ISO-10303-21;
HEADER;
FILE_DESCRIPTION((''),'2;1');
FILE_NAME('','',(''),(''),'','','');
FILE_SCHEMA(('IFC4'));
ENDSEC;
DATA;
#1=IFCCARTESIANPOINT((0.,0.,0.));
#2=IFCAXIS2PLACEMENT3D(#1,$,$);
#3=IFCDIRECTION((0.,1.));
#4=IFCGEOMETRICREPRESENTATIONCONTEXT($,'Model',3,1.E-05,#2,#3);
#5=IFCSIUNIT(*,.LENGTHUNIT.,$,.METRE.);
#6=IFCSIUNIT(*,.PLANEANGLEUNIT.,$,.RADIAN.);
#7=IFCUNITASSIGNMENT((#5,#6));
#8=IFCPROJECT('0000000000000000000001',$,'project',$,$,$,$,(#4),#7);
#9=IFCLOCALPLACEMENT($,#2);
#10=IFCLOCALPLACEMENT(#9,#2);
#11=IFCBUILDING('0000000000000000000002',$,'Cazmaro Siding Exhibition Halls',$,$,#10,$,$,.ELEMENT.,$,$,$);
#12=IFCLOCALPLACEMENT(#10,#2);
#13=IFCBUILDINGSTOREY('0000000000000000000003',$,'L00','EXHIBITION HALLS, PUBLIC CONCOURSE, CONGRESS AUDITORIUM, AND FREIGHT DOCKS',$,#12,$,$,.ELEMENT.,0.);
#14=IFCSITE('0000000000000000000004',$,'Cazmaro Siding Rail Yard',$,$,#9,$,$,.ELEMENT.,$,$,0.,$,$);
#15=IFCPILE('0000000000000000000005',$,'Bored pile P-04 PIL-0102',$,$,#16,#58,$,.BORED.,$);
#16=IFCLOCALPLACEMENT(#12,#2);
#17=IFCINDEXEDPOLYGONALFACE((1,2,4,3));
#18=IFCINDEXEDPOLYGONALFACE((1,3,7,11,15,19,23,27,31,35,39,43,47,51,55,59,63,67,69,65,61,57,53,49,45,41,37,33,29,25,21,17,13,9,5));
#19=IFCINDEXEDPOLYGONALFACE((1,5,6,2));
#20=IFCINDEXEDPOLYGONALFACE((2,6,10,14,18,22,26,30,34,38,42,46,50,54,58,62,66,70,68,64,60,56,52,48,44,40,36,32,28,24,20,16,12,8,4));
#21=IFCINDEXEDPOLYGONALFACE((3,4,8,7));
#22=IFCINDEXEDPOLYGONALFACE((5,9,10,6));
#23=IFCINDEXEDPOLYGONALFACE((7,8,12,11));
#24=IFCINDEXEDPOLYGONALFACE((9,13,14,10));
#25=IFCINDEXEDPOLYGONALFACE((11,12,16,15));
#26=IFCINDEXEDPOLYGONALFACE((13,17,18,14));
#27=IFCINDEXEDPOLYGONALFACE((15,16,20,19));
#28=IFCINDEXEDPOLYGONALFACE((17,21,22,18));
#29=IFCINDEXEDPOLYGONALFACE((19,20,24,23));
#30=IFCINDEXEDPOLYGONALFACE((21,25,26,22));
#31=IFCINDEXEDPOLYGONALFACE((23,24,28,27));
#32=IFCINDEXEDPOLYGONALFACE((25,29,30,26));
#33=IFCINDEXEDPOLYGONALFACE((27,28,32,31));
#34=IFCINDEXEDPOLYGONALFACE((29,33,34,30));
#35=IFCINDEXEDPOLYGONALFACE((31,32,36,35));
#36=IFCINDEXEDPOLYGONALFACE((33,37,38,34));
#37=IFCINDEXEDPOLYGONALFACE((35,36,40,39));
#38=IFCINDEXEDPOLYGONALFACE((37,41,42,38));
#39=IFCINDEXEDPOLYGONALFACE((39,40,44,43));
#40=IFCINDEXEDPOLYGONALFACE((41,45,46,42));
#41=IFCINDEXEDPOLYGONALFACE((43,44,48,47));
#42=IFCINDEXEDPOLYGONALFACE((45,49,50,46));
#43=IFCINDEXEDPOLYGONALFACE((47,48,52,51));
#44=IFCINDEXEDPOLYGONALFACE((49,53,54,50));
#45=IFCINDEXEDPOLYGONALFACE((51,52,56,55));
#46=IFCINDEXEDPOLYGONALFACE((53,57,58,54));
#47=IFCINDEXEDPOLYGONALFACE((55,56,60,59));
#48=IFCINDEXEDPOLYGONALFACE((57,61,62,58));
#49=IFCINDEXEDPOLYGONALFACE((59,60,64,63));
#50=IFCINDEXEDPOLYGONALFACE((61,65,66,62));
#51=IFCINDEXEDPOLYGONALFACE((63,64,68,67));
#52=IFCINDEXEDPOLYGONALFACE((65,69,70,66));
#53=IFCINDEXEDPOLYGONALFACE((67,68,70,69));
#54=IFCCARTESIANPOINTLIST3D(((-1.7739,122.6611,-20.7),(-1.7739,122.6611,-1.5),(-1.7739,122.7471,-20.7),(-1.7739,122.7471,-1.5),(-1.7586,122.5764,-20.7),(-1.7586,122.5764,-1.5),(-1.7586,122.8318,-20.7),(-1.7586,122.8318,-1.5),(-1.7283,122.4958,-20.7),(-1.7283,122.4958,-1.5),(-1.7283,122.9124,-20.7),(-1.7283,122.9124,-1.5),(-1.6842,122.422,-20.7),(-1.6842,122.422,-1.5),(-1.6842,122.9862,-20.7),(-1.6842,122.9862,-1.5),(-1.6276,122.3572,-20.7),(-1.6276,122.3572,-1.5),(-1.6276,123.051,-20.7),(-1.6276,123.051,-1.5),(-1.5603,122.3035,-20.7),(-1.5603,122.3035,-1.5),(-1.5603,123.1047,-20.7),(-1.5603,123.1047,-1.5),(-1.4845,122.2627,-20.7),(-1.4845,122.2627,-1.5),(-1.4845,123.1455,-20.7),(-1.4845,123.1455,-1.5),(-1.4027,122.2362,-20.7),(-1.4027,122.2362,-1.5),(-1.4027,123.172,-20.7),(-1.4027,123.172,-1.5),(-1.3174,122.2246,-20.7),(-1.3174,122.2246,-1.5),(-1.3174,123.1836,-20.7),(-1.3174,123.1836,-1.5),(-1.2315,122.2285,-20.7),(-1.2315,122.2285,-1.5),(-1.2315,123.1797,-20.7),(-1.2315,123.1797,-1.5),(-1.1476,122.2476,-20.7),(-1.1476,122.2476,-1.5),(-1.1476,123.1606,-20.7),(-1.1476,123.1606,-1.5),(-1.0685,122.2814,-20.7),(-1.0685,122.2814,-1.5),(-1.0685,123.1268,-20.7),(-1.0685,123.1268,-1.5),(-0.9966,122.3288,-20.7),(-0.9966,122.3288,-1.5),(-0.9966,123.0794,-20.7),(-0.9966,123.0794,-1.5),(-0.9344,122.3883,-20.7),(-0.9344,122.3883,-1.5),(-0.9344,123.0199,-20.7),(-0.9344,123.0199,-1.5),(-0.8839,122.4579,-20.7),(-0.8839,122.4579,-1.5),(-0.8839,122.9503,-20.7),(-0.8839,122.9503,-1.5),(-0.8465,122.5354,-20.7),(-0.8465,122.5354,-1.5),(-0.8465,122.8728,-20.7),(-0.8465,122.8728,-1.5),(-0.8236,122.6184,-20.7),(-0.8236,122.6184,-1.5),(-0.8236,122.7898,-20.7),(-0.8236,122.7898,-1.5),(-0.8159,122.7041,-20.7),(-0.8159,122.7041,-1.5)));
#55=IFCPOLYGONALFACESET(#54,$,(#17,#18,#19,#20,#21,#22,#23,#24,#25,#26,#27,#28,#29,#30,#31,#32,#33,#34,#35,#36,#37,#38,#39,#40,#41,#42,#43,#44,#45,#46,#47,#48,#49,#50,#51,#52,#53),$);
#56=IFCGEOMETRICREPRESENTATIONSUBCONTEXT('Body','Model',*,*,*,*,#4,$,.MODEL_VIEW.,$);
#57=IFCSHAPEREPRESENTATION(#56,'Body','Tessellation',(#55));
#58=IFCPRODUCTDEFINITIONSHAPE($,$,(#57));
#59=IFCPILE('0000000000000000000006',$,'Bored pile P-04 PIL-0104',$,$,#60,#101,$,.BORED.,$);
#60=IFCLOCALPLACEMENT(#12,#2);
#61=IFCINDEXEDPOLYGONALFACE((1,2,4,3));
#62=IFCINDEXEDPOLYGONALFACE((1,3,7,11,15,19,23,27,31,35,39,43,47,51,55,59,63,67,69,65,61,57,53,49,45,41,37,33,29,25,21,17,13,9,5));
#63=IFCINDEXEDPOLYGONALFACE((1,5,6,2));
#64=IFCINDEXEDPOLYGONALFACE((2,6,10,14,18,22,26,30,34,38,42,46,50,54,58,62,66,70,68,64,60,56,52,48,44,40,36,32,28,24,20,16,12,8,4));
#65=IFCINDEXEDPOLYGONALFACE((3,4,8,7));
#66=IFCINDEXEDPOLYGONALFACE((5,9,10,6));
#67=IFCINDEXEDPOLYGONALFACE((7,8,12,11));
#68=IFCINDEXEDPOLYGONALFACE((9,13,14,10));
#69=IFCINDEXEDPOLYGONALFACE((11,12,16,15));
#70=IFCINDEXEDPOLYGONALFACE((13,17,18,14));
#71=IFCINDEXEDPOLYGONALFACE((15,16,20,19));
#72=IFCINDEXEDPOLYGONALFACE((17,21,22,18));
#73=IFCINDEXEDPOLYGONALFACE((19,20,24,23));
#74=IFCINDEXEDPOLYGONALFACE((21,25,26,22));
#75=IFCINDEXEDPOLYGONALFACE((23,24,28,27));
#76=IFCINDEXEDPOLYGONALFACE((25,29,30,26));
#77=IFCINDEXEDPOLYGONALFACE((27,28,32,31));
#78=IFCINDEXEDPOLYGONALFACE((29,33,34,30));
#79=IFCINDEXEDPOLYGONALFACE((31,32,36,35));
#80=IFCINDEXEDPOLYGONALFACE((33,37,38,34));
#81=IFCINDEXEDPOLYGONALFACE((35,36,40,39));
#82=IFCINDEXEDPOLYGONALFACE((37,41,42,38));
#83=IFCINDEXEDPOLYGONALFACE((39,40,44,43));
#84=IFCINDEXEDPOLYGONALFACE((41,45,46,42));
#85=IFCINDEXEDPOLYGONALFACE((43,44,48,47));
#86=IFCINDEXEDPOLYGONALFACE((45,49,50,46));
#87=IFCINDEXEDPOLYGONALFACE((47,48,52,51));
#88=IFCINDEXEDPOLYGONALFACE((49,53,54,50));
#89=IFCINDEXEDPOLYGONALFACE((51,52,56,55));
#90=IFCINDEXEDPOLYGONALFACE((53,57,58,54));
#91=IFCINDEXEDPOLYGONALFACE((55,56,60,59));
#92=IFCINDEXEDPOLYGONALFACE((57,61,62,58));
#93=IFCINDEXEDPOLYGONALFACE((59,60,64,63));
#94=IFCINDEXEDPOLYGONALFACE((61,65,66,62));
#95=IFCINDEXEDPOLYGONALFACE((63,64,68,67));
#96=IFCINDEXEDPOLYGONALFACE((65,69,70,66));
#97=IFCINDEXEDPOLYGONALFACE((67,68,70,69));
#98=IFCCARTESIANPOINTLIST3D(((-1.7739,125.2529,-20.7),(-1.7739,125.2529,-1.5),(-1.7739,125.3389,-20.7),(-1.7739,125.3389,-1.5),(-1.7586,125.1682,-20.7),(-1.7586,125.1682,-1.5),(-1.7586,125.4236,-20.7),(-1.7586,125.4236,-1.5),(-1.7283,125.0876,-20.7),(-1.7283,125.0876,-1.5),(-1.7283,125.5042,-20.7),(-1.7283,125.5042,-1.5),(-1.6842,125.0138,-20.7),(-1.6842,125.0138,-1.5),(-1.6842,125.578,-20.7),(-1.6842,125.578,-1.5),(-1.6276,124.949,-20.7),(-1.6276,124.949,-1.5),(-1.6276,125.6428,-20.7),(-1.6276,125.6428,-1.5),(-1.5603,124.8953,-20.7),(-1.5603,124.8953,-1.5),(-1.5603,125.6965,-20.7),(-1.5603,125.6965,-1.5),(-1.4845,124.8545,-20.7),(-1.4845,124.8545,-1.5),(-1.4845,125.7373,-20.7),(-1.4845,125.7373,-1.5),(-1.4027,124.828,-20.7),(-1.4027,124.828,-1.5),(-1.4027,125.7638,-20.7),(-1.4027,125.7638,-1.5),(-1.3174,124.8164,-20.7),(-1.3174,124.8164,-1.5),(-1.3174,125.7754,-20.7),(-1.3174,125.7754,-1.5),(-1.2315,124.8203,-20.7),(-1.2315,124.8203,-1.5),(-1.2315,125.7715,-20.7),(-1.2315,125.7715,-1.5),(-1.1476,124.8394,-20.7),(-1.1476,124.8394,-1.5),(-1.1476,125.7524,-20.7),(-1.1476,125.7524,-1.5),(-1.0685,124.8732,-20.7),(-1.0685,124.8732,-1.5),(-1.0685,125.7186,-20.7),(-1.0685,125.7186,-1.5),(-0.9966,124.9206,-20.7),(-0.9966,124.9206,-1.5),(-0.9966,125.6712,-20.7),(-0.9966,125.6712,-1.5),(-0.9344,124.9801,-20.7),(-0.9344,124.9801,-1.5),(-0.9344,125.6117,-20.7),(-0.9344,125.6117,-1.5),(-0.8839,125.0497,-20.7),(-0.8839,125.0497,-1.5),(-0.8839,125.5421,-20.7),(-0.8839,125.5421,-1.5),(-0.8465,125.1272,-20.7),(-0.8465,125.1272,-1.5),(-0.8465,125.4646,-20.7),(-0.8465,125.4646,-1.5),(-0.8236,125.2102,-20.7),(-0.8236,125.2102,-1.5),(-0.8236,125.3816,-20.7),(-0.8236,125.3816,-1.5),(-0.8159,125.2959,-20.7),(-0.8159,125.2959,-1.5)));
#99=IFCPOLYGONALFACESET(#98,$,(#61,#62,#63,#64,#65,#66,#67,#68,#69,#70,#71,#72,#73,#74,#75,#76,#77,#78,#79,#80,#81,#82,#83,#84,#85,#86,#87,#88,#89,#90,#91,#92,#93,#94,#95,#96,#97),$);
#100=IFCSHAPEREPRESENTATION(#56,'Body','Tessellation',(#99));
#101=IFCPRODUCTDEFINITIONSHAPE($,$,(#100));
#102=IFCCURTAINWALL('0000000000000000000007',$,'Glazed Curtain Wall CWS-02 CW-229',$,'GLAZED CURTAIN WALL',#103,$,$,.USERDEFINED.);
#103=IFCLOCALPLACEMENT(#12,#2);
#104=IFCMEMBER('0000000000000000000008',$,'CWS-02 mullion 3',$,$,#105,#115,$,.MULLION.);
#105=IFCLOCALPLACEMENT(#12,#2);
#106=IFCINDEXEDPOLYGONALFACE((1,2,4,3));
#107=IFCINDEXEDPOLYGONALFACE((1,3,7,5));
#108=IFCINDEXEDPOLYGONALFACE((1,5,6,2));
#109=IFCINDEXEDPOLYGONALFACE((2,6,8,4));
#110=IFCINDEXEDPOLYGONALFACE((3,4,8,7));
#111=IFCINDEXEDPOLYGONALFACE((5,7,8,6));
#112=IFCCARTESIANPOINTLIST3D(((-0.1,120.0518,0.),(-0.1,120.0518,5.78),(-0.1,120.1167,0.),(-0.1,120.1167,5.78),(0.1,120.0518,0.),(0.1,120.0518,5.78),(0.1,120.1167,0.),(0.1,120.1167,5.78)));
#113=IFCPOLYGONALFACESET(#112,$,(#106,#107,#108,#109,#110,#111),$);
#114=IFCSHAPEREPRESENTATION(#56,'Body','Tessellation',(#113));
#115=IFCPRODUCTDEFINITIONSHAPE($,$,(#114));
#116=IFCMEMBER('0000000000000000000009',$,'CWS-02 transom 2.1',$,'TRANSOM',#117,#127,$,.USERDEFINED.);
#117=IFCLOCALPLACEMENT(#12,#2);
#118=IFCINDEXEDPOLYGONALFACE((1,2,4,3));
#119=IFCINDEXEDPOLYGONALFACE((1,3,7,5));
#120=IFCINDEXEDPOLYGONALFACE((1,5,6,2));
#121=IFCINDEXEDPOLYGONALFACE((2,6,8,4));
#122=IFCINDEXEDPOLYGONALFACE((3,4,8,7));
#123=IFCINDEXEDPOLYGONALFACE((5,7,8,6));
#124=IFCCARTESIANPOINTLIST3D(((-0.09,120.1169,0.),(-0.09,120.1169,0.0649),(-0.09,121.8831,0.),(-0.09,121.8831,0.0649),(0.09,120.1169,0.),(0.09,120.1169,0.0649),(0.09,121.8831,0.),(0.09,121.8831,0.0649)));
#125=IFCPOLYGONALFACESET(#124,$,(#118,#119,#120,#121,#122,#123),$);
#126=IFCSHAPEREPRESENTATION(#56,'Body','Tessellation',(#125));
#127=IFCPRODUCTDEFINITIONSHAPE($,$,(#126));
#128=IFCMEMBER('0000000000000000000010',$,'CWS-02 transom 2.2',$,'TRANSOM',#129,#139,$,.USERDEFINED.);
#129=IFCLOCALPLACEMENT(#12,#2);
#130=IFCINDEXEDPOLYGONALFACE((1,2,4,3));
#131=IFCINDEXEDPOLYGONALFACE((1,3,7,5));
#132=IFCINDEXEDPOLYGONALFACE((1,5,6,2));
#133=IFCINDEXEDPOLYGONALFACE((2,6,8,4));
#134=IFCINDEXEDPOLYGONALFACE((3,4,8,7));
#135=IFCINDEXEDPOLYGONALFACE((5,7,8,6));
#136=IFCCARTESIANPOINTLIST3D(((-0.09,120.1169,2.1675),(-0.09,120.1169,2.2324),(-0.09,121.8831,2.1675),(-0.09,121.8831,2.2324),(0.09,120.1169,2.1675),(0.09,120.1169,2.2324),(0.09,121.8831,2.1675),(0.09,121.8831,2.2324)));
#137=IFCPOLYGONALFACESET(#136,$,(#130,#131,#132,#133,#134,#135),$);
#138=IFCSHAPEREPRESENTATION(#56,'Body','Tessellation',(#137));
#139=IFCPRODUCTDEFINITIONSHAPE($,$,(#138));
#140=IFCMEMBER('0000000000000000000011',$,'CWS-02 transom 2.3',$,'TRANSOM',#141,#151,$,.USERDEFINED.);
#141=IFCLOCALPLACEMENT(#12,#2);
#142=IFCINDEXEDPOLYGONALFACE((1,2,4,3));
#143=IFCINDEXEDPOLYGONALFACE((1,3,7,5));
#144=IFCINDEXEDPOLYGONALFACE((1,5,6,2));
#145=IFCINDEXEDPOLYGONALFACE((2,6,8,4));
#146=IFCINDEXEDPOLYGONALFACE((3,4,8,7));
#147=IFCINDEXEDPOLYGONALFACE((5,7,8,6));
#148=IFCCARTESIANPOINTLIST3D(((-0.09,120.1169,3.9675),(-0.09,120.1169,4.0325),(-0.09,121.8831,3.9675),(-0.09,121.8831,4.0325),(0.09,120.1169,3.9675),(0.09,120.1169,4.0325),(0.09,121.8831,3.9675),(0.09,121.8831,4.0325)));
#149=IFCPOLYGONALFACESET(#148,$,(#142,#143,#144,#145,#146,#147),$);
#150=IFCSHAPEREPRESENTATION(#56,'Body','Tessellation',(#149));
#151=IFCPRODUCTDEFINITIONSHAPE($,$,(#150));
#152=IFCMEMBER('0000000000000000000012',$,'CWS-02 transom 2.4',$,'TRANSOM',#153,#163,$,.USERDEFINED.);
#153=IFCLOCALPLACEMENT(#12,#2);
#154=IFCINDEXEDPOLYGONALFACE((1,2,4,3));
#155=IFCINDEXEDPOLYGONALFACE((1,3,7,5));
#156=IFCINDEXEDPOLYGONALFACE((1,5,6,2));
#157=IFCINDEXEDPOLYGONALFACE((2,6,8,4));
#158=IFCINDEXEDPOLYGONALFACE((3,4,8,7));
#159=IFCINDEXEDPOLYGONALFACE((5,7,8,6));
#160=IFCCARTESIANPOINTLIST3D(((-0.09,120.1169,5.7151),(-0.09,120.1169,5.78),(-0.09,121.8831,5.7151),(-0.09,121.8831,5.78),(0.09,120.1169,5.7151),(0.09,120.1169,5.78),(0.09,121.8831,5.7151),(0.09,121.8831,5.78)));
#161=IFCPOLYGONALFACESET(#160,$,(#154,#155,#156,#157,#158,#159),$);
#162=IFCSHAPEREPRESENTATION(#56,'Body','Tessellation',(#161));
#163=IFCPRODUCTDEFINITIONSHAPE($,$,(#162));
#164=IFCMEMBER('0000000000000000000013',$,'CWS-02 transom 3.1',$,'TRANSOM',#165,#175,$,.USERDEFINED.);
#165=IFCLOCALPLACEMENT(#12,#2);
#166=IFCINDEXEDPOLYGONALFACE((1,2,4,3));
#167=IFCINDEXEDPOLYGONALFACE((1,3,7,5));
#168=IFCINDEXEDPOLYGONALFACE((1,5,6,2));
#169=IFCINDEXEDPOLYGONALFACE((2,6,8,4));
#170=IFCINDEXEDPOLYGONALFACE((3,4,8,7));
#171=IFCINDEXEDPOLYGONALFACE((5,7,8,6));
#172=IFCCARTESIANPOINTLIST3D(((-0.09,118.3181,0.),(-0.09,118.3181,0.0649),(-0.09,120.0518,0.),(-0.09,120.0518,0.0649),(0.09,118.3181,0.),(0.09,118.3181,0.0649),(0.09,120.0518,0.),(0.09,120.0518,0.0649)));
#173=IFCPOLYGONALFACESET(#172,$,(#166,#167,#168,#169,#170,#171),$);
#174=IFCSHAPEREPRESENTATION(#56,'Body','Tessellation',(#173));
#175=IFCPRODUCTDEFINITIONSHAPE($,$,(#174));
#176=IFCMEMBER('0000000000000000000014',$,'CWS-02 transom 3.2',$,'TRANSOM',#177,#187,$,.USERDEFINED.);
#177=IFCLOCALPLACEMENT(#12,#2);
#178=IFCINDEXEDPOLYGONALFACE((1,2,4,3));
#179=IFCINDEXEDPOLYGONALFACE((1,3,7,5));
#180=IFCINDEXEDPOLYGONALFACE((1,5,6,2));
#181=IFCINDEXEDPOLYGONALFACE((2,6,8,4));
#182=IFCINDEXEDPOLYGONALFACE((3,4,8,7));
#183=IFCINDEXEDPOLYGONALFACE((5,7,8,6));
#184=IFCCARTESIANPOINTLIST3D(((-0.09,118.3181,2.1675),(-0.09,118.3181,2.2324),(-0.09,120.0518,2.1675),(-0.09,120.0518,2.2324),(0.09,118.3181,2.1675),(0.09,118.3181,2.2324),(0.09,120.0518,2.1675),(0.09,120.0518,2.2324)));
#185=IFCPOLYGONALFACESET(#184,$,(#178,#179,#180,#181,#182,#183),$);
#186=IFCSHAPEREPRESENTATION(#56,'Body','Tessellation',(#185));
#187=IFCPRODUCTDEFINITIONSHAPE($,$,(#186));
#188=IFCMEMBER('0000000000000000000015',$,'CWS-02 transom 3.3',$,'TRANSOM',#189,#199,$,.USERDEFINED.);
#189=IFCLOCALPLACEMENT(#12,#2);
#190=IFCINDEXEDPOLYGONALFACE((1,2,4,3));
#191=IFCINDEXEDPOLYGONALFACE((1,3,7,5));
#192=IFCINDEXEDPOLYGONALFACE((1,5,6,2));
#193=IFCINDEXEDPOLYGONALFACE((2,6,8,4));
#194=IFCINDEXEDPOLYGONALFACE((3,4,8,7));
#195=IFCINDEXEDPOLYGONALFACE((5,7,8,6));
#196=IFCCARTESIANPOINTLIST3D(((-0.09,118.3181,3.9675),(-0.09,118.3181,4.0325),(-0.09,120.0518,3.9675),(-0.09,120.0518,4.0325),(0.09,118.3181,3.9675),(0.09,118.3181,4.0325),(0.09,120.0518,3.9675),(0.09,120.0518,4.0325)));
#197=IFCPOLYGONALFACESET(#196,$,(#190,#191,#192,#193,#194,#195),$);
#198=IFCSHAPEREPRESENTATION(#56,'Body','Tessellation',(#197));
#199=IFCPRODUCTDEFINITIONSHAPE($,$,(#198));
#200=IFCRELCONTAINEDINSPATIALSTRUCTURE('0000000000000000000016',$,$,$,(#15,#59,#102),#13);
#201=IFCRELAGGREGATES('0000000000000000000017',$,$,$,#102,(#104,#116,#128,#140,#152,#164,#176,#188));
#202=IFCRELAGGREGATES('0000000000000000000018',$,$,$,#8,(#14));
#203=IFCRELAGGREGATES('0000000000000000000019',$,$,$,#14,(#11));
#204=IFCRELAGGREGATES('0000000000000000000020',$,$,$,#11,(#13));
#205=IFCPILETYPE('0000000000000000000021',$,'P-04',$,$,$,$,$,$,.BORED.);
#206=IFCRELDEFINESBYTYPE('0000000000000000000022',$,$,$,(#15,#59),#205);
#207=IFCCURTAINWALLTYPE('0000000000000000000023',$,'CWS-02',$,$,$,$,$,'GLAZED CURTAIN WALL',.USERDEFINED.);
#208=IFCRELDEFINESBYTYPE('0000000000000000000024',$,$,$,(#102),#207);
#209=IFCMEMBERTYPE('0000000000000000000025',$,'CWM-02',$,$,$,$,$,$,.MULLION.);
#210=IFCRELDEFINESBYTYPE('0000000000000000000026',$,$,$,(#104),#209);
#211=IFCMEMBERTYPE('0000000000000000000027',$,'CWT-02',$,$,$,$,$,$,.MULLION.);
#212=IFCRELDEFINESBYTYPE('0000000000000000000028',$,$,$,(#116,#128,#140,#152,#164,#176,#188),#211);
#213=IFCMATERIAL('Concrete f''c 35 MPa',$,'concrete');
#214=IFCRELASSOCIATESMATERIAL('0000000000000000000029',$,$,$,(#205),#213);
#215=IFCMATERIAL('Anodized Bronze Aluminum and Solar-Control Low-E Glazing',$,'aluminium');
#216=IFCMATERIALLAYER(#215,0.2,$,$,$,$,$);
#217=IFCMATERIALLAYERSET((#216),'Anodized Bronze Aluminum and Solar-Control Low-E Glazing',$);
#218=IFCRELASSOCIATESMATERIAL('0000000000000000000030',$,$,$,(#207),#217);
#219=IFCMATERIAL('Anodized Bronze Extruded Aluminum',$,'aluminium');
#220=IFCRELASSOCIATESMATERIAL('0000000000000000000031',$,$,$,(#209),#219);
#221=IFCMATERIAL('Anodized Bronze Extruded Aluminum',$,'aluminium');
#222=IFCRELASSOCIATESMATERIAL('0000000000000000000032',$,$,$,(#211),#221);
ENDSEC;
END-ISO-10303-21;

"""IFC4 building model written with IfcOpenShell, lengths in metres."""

from ifc_helpers import new_model, si_unit, direction, frame, origin, origin_2d, place, context, subcontext, project, spatial, rectangle, circle, extrude, material, layer, layer_set, material_profile, profile_set, type_object, element, aggregate, save


model = new_model("IFC4")

# Units and contexts
model_context = context("Model", 3, precision=1e-05, world=origin(), true_north=direction((0.0, 1.0)))
body_context = subcontext(model_context, "Body", "Model", "MODEL_VIEW")
ifc_project = project(units=[si_unit("LENGTHUNIT", "METRE"), si_unit("PLANEANGLEUNIT", "RADIAN")], contexts=[model_context])

# Site, building, storey
site_placement = place(None, origin())
site = spatial("IfcSite", under=ifc_project, at=site_placement, Name="Cazmaro Siding Rail Yard", CompositionType="ELEMENT", RefElevation=0.0)
building_placement = place(site_placement, origin())
building = spatial("IfcBuilding", under=site, at=building_placement, Name="Cazmaro Siding Exhibition Halls", CompositionType="ELEMENT")
storey_placement = place(building_placement, origin())
storey = spatial("IfcBuildingStorey", under=building, at=storey_placement, Name="L00", Description="EXHIBITION HALLS, PUBLIC CONCOURSE, CONGRESS AUDITORIUM, AND FREIGHT DOCKS", CompositionType="ELEMENT", Elevation=0.0)

# Piles
ifc_material_1 = material(Name="Concrete f'c 35 MPa", Category="concrete")
ifc_material_profile_1 = material_profile(ifc_material_1, circle(Radius=0.48, at=origin_2d()), Name="CIDH-960")
ifc_profile_set_1 = profile_set([ifc_material_profile_1], Name="Concrete f'c 35 MPa")
pile_type = type_object("IfcPileType", Name="P-04", PredefinedType="BORED", material=ifc_profile_set_1)
for number, where, z_axis, x_axis, name in (
    (1, (-1.2959, 122.7041, -1.5), (0.0, 0.0, -1.0), (1.0, 0.0, 0.0), "Bored pile P-04 PIL-0102"),
    (2, (-1.2959, 125.2959, -1.5), (0.0, 0.0, -1.0), (1.0, 0.0, 0.0), "Bored pile P-04 PIL-0104"),
):
    element("IfcPile", number, at=place(storey_placement, frame(where, z_axis=z_axis, x_axis=x_axis)), inside=storey, type_object=pile_type, Name=name, PredefinedType="BORED", context=body_context, shape_type="SweptSolid", body=[
        extrude(circle(Radius=0.48, at=origin_2d()), origin(), (0.0, 0.0, 1.0), 19.2),
    ])

# Curtain wall, members
ifc_material_2 = material(Name="Anodized Bronze Aluminum and Solar-Control Low-E Glazing", Category="aluminium")
ifc_layer_1 = layer(ifc_material_2, 0.2)
ifc_layer_set_1 = layer_set([ifc_layer_1], Name="Anodized Bronze Aluminum and Solar-Control Low-E Glazing")
curtain_wall_type = type_object("IfcCurtainWallType", Name="CWS-02", ElementType="GLAZED CURTAIN WALL", PredefinedType="USERDEFINED", material=ifc_layer_set_1)
curtain_wall_placement = place(storey_placement, origin())
curtain_wall = element("IfcCurtainWall", 3, at=curtain_wall_placement, inside=storey, type_object=curtain_wall_type, Name="Glazed Curtain Wall CWS-02 CW-229", ObjectType="GLAZED CURTAIN WALL", PredefinedType="USERDEFINED")
ifc_material_3 = material(Name="Anodized Bronze Extruded Aluminum", Category="aluminium")
ifc_material_profile_2 = material_profile(ifc_material_3, rectangle(XDim=0.2, YDim=0.0649, at=origin_2d()), Name="CWM-02")
ifc_profile_set_2 = profile_set([ifc_material_profile_2], Name="Anodized Bronze Extruded Aluminum")
member_type_1 = type_object("IfcMemberType", Name="CWM-02", PredefinedType="MULLION", material=ifc_profile_set_2)
member_1_placement = place(storey_placement, frame((0.0, 120.0842, 0.0), z_axis=(0.0, 0.0, 1.0), x_axis=(1.0, 0.0, 0.0)))
member_1 = element("IfcMember", 4, at=member_1_placement, type_object=member_type_1, Name="CWS-02 mullion 3", PredefinedType="MULLION", context=body_context, shape_type="SweptSolid", body=[
    extrude(rectangle(XDim=0.2, YDim=0.0649, at=origin_2d()), origin(), (0.0, 0.0, 1.0), 5.78),
])
ifc_material_4 = material(Name="Anodized Bronze Extruded Aluminum", Category="aluminium")
ifc_material_profile_3 = material_profile(ifc_material_4, rectangle(XDim=0.1799, YDim=0.0649, at=origin_2d()), Name="CWT-02")
ifc_profile_set_3 = profile_set([ifc_material_profile_3], Name="Anodized Bronze Extruded Aluminum")
member_type_2 = type_object("IfcMemberType", Name="CWT-02", PredefinedType="MULLION", material=ifc_profile_set_3)
member_2_placement = place(storey_placement, frame((0.0, 121.8831, 0.0325), z_axis=(0.0, -1.0, 0.0), x_axis=(1.0, 0.0, 0.0)))
member_2 = element("IfcMember", 5, at=member_2_placement, type_object=member_type_2, Name="CWS-02 transom 2.1", ObjectType="TRANSOM", PredefinedType="USERDEFINED", context=body_context, shape_type="SweptSolid", body=[
    extrude(rectangle(XDim=0.1799, YDim=0.0649, at=origin_2d()), origin(), (0.0, 0.0, 1.0), 1.7661),
])
member_3_placement = place(storey_placement, frame((0.0, 121.8831, 2.2), z_axis=(0.0, -1.0, 0.0), x_axis=(1.0, 0.0, 0.0)))
member_3 = element("IfcMember", 6, at=member_3_placement, type_object=member_type_2, Name="CWS-02 transom 2.2", ObjectType="TRANSOM", PredefinedType="USERDEFINED", context=body_context, shape_type="SweptSolid", body=[
    extrude(rectangle(XDim=0.1799, YDim=0.0649, at=origin_2d()), origin(), (0.0, 0.0, 1.0), 1.7661),
])
member_4_placement = place(storey_placement, frame((0.0, 121.8831, 4.0), z_axis=(0.0, -1.0, 0.0), x_axis=(1.0, 0.0, 0.0)))
member_4 = element("IfcMember", 7, at=member_4_placement, type_object=member_type_2, Name="CWS-02 transom 2.3", ObjectType="TRANSOM", PredefinedType="USERDEFINED", context=body_context, shape_type="SweptSolid", body=[
    extrude(rectangle(XDim=0.1799, YDim=0.0649, at=origin_2d()), origin(), (0.0, 0.0, 1.0), 1.7661),
])
member_5_placement = place(storey_placement, frame((0.0, 121.8831, 5.7476), z_axis=(0.0, -1.0, 0.0), x_axis=(1.0, 0.0, 0.0)))
member_5 = element("IfcMember", 8, at=member_5_placement, type_object=member_type_2, Name="CWS-02 transom 2.4", ObjectType="TRANSOM", PredefinedType="USERDEFINED", context=body_context, shape_type="SweptSolid", body=[
    extrude(rectangle(XDim=0.1799, YDim=0.0649, at=origin_2d()), origin(), (0.0, 0.0, 1.0), 1.7661),
])
member_6_placement = place(storey_placement, frame((0.0, 120.0518, 0.0325), z_axis=(0.0, -1.0, 0.0), x_axis=(1.0, 0.0, 0.0)))
member_6 = element("IfcMember", 9, at=member_6_placement, type_object=member_type_2, Name="CWS-02 transom 3.1", ObjectType="TRANSOM", PredefinedType="USERDEFINED", context=body_context, shape_type="SweptSolid", body=[
    extrude(rectangle(XDim=0.1799, YDim=0.0649, at=origin_2d()), origin(), (0.0, 0.0, 1.0), 1.7336),
])
member_7_placement = place(storey_placement, frame((0.0, 120.0518, 2.2), z_axis=(0.0, -1.0, 0.0), x_axis=(1.0, 0.0, 0.0)))
member_7 = element("IfcMember", 10, at=member_7_placement, type_object=member_type_2, Name="CWS-02 transom 3.2", ObjectType="TRANSOM", PredefinedType="USERDEFINED", context=body_context, shape_type="SweptSolid", body=[
    extrude(rectangle(XDim=0.1799, YDim=0.0649, at=origin_2d()), origin(), (0.0, 0.0, 1.0), 1.7336),
])
member_8_placement = place(storey_placement, frame((0.0, 120.0518, 4.0), z_axis=(0.0, -1.0, 0.0), x_axis=(1.0, 0.0, 0.0)))
member_8 = element("IfcMember", 11, at=member_8_placement, type_object=member_type_2, Name="CWS-02 transom 3.3", ObjectType="TRANSOM", PredefinedType="USERDEFINED", context=body_context, shape_type="SweptSolid", body=[
    extrude(rectangle(XDim=0.1799, YDim=0.0649, at=origin_2d()), origin(), (0.0, 0.0, 1.0), 1.7336),
])
aggregate(curtain_wall, [member_1, member_2, member_3, member_4, member_5, member_6, member_7, member_8])

save(model, "model.ifc")
